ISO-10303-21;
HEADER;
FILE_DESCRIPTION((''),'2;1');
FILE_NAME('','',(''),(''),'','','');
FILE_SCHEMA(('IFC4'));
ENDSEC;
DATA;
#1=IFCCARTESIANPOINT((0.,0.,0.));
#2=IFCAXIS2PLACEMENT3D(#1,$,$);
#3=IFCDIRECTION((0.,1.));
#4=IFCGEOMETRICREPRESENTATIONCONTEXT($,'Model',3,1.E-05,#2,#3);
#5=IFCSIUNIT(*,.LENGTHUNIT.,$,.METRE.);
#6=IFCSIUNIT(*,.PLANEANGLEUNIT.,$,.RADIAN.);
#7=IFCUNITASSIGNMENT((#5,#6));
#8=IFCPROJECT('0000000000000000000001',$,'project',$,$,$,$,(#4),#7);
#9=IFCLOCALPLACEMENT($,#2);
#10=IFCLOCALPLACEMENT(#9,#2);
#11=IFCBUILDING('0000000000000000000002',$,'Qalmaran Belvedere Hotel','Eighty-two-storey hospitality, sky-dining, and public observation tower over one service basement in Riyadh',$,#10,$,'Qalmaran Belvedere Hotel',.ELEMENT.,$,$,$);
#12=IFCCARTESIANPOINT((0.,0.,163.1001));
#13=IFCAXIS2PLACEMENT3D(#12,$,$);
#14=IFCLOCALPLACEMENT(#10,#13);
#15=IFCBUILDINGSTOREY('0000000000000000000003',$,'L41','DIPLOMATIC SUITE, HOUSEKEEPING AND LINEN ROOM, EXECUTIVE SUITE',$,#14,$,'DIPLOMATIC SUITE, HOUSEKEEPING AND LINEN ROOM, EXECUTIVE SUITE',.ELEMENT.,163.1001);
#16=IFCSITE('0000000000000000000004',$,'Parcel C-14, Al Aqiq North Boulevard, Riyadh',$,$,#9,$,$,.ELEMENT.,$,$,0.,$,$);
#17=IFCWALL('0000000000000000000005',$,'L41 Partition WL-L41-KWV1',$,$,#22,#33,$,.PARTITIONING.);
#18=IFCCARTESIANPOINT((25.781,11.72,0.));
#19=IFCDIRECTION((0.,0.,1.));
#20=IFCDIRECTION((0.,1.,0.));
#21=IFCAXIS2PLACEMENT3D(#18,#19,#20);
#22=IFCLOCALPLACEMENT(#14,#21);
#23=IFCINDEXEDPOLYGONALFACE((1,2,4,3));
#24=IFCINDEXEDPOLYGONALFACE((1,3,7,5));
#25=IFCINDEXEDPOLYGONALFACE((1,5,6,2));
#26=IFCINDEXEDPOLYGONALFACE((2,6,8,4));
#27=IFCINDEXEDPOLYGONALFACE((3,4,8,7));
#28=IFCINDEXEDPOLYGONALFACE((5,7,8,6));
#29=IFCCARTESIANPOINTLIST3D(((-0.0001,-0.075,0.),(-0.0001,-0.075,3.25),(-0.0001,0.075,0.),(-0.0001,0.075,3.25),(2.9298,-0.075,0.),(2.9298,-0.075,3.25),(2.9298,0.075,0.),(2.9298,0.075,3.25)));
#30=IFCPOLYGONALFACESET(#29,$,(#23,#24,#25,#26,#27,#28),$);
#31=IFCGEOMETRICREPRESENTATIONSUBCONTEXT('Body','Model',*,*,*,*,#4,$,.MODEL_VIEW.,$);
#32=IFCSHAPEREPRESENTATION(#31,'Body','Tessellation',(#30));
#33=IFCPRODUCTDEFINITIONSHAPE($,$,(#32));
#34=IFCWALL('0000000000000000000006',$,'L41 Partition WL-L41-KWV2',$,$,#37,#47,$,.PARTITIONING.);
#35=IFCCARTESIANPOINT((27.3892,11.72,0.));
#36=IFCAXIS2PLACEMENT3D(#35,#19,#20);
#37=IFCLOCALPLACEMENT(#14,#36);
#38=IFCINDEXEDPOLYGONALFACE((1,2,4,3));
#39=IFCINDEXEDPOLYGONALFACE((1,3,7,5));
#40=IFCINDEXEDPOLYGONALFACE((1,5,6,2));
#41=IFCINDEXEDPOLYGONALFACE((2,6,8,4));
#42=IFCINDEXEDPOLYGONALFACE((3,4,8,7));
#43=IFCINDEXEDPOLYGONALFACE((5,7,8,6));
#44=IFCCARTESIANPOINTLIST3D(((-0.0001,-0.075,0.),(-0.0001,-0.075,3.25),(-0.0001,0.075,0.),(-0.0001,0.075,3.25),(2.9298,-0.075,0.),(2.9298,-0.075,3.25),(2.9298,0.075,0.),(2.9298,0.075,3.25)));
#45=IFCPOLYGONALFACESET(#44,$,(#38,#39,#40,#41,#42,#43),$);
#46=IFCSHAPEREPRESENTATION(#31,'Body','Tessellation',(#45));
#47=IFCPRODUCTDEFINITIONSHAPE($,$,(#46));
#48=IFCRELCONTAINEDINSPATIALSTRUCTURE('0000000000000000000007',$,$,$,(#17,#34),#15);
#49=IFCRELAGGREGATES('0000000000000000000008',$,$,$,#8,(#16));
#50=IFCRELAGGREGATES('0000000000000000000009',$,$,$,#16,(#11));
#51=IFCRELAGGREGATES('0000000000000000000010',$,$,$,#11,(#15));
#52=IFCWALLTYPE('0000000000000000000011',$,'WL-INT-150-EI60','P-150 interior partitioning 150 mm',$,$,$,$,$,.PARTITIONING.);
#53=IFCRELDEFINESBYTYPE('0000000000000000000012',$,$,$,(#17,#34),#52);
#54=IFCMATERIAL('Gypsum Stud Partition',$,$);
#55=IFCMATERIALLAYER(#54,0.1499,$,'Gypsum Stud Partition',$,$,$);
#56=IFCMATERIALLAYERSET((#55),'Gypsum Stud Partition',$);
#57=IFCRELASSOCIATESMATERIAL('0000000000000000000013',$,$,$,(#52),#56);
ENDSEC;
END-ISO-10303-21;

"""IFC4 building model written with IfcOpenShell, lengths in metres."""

from ifc_helpers import new_model, si_unit, direction, frame, frame_2d, origin, place, context, subcontext, project, spatial, rectangle, extrude, material, layer, layer_set, type_object, element, save


model = new_model("IFC4")

# Units and contexts
model_context = context("Model", 3, precision=1e-05, world=origin(), true_north=direction((0.0, 1.0)))
body_context = subcontext(model_context, "Body", "Model", "MODEL_VIEW")
ifc_project = project(units=[si_unit("LENGTHUNIT", "METRE"), si_unit("PLANEANGLEUNIT", "RADIAN")], contexts=[model_context])

# Site, building, storey
site_placement = place(None, origin())
site = spatial("IfcSite", under=ifc_project, at=site_placement, Name="Parcel C-14, Al Aqiq North Boulevard, Riyadh", CompositionType="ELEMENT", RefElevation=0.0)
building_placement = place(site_placement, origin())
building = spatial("IfcBuilding", under=site, at=building_placement, Name="Qalmaran Belvedere Hotel", Description="Eighty-two-storey hospitality, sky-dining, and public observation tower over one service basement in Riyadh", LongName="Qalmaran Belvedere Hotel", CompositionType="ELEMENT")
storey_placement = place(building_placement, frame((0.0, 0.0, 163.1001)))
storey = spatial("IfcBuildingStorey", under=building, at=storey_placement, Name="L41", Description="DIPLOMATIC SUITE, HOUSEKEEPING AND LINEN ROOM, EXECUTIVE SUITE", LongName="DIPLOMATIC SUITE, HOUSEKEEPING AND LINEN ROOM, EXECUTIVE SUITE", CompositionType="ELEMENT", Elevation=163.1001)

# Shared definitions
ifc_material_1 = material(Name="Gypsum Stud Partition")

# Walls
ifc_layer_1 = layer(ifc_material_1, 0.1499, Name="Gypsum Stud Partition")
ifc_layer_set_1 = layer_set([ifc_layer_1], Name="Gypsum Stud Partition")
wall_type_1 = type_object("IfcWallType", Name="WL-INT-150-EI60", Description="P-150 interior partitioning 150 mm", PredefinedType="PARTITIONING", material=ifc_layer_set_1)
for number, where, z_axis, x_axis, name in (
    (1, (25.781, 11.72, 0.0), (0.0, 0.0, 1.0), (0.0, 1.0, 0.0), "L41 Partition WL-L41-KWV1"),
    (2, (27.3892, 11.72, 0.0), (0.0, 0.0, 1.0), (0.0, 1.0, 0.0), "L41 Partition WL-L41-KWV2"),
):
    element("IfcWall", number, at=place(storey_placement, frame(where, z_axis=z_axis, x_axis=x_axis)), inside=storey, type_object=wall_type_1, Name=name, PredefinedType="PARTITIONING", context=body_context, shape_type="SweptSolid", body=[
        extrude(rectangle(XDim=2.9299, YDim=0.1499, at=frame_2d((1.4648, 0.0))), origin(), (0.0, 0.0, 1.0), 3.25),
    ])

save(model, "model.ifc")
